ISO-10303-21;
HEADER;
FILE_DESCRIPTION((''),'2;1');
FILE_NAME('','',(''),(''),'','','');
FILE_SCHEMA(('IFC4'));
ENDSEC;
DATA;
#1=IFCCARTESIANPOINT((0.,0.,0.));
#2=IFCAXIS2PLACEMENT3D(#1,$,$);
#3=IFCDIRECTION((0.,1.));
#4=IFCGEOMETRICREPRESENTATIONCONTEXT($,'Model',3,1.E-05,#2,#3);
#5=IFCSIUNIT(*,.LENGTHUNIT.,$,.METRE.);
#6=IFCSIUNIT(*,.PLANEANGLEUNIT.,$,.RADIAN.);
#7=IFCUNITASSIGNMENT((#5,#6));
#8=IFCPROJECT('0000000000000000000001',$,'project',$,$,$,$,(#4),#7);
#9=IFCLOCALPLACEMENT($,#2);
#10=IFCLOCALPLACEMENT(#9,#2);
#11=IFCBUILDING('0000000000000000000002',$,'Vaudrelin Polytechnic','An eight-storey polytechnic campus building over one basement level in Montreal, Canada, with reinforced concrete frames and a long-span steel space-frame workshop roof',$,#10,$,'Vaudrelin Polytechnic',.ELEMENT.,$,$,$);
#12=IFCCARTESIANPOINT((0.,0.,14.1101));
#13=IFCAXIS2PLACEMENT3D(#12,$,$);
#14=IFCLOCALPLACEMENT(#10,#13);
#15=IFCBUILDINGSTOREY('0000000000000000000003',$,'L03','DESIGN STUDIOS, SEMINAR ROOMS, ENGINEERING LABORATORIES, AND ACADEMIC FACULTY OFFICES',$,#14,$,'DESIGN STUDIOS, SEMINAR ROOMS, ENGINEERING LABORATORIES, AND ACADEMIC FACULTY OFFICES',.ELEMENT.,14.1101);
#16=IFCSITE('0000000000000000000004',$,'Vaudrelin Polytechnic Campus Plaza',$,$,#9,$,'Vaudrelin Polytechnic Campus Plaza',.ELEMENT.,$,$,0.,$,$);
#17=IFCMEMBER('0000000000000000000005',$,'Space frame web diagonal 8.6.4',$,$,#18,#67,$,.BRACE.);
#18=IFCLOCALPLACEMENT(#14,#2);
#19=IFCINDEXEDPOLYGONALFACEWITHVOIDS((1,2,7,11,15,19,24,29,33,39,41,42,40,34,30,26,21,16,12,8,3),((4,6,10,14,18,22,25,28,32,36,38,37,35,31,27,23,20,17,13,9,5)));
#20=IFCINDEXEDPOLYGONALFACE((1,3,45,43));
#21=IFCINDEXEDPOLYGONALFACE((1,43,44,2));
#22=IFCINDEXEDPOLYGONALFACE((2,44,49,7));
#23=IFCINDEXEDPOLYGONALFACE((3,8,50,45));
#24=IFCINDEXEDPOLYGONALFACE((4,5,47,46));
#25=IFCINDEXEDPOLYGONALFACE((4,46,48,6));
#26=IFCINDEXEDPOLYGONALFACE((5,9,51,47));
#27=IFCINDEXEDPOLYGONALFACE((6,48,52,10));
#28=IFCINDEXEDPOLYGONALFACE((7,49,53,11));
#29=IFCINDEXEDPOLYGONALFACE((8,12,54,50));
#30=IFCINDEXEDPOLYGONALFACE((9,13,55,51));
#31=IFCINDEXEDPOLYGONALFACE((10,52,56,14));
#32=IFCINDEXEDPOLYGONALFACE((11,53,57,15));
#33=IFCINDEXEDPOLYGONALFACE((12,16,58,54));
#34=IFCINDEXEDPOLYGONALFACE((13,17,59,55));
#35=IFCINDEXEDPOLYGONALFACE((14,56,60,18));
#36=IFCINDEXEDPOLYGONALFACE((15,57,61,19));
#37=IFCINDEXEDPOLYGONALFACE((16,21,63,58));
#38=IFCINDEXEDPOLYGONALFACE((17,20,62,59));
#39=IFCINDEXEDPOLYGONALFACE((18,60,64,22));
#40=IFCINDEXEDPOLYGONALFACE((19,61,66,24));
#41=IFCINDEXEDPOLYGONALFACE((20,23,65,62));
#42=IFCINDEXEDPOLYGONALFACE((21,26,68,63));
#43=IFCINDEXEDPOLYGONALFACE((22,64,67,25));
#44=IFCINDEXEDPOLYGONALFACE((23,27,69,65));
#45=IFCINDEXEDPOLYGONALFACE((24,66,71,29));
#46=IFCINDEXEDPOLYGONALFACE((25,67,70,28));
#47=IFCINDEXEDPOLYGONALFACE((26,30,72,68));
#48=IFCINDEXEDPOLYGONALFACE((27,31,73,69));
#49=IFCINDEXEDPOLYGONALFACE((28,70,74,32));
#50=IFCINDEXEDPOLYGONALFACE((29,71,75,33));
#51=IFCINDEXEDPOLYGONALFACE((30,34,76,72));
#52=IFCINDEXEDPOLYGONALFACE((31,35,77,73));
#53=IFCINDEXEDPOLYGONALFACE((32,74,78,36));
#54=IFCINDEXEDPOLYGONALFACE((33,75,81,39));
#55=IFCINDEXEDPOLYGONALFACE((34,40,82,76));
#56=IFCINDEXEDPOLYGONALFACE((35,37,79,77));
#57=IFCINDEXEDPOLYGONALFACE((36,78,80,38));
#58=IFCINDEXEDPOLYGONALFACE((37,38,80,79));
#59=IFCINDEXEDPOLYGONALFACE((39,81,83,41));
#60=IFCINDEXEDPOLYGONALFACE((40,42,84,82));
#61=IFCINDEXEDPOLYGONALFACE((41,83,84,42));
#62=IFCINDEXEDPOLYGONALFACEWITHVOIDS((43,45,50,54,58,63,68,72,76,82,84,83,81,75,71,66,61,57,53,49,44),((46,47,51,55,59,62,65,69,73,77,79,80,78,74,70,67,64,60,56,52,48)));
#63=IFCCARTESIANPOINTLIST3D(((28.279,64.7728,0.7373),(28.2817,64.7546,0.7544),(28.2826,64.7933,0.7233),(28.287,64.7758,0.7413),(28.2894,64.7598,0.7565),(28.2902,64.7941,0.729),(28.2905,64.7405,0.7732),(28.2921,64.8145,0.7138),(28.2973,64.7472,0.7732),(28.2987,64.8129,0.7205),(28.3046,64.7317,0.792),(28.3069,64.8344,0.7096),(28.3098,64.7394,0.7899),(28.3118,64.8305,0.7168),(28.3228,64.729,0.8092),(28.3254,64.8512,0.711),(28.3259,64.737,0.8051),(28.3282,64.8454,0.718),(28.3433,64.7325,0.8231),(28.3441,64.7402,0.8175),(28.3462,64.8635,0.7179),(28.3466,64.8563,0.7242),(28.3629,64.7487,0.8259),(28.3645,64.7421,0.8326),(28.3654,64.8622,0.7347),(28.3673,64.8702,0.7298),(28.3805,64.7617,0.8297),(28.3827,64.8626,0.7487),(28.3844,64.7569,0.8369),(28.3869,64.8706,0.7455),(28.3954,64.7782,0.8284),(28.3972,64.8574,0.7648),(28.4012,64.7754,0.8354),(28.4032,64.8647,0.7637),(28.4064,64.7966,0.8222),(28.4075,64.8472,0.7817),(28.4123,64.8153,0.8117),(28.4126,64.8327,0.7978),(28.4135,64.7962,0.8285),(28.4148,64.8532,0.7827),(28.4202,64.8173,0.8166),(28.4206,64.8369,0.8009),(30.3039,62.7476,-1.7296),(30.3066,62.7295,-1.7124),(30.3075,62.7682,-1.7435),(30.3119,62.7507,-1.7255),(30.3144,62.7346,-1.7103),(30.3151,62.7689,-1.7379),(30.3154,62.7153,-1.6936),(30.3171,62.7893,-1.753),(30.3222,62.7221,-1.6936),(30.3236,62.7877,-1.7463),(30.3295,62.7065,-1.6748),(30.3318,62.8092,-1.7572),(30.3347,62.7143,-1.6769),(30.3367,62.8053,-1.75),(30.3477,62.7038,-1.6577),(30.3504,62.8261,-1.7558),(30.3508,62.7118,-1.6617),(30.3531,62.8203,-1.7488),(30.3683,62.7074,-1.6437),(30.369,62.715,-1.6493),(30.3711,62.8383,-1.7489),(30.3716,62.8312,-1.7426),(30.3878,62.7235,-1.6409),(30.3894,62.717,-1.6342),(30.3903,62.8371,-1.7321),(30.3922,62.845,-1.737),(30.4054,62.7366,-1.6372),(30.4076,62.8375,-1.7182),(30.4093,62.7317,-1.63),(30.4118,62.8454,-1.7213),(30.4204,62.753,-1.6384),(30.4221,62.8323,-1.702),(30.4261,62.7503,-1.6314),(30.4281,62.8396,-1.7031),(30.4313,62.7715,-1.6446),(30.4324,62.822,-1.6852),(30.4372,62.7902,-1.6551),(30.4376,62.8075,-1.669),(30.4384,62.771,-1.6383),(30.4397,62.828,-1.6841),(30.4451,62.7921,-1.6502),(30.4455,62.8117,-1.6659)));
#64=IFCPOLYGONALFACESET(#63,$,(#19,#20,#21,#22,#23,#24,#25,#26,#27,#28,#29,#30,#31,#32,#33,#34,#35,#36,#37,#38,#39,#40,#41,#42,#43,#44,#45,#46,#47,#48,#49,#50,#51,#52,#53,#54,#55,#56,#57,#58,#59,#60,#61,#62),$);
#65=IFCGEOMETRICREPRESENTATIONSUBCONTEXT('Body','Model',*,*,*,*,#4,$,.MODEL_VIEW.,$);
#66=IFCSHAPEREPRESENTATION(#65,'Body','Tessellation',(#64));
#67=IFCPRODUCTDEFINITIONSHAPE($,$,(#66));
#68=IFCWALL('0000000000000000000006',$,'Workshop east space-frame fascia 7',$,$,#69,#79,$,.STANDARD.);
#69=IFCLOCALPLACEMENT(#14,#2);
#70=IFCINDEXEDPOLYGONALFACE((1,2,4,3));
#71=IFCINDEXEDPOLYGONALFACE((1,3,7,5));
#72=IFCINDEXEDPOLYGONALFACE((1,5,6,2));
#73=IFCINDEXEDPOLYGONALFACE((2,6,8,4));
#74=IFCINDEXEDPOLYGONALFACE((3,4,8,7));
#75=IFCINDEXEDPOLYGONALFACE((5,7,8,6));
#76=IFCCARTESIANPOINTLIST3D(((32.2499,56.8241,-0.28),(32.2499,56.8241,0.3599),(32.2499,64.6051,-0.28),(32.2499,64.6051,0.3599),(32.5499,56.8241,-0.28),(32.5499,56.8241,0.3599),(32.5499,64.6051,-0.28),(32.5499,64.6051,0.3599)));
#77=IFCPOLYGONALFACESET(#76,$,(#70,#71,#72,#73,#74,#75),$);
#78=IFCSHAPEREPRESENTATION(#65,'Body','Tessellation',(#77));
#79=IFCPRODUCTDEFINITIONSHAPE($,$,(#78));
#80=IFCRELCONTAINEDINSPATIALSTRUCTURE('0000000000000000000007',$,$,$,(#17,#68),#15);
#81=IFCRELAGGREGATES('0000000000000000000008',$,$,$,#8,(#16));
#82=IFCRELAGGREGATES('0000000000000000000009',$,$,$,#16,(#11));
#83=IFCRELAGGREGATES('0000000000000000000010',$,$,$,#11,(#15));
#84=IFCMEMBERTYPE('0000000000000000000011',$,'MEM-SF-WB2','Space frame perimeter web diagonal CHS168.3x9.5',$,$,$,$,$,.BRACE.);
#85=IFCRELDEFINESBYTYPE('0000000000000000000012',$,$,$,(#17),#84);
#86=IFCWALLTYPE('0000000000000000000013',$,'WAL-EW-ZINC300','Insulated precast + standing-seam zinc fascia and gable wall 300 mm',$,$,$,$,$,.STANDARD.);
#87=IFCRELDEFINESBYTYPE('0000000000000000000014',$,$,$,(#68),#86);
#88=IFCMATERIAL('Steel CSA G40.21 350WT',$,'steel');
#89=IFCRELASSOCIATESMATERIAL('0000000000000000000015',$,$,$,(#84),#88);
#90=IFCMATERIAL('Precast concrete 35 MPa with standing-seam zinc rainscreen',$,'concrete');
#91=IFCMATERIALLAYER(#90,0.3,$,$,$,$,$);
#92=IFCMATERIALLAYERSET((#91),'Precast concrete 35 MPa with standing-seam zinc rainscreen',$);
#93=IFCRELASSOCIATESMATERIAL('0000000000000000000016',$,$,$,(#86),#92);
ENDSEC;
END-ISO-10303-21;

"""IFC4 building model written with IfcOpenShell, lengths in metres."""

from ifc_helpers import new_model, si_unit, direction, frame, frame_2d, origin, origin_2d, place, context, subcontext, project, spatial, rectangle, hollow_circle, extrude, material, layer, layer_set, material_profile, profile_set, type_object, element, save


model = new_model("IFC4")

# Units and contexts
model_context = context("Model", 3, precision=1e-05, world=origin(), true_north=direction((0.0, 1.0)))
body_context = subcontext(model_context, "Body", "Model", "MODEL_VIEW")
ifc_project = project(units=[si_unit("LENGTHUNIT", "METRE"), si_unit("PLANEANGLEUNIT", "RADIAN")], contexts=[model_context])

# Site, building, storey
site_placement = place(None, origin())
site = spatial("IfcSite", under=ifc_project, at=site_placement, Name="Vaudrelin Polytechnic Campus Plaza", LongName="Vaudrelin Polytechnic Campus Plaza", CompositionType="ELEMENT", RefElevation=0.0)
building_placement = place(site_placement, origin())
building = spatial("IfcBuilding", under=site, at=building_placement, Name="Vaudrelin Polytechnic", Description="An eight-storey polytechnic campus building over one basement level in Montreal, Canada, with reinforced concrete frames and a long-span steel space-frame workshop roof", LongName="Vaudrelin Polytechnic", CompositionType="ELEMENT")
storey_placement = place(building_placement, frame((0.0, 0.0, 14.1101)))
storey = spatial("IfcBuildingStorey", under=building, at=storey_placement, Name="L03", Description="DESIGN STUDIOS, SEMINAR ROOMS, ENGINEERING LABORATORIES, AND ACADEMIC FACULTY OFFICES", LongName="DESIGN STUDIOS, SEMINAR ROOMS, ENGINEERING LABORATORIES, AND ACADEMIC FACULTY OFFICES", CompositionType="ELEMENT", Elevation=14.1101)

# Member
ifc_material_1 = material(Name="Steel CSA G40.21 350WT", Category="steel")
ifc_material_profile_1 = material_profile(ifc_material_1, hollow_circle(Radius=0.0842, WallThickness=0.0095, at=origin_2d()), Name="CHS168.3x9.5")
ifc_profile_set_1 = profile_set([ifc_material_profile_1], Name="Steel CSA G40.21 350WT")
member_type_1 = type_object("IfcMemberType", Name="MEM-SF-WB2", Description="Space frame perimeter web diagonal CHS168.3x9.5", PredefinedType="BRACE", material=ifc_profile_set_1)
member_1_placement = place(storey_placement, frame((30.375, 62.7749, -1.6936), z_axis=(-0.535723, 0.535788, 0.652634), x_axis=(-0.707149, -0.707064, 0.0)))
element("IfcMember", 1, at=member_1_placement, inside=storey, type_object=member_type_1, Name="Space frame web diagonal 8.6.4", PredefinedType="BRACE", context=body_context, shape_type="SweptSolid", body=[
    extrude(hollow_circle(Radius=0.0842, WallThickness=0.0095, at=origin_2d()), origin(), (0.0, 0.0, 1.0), 3.7798),
])

# Wall
ifc_material_2 = material(Name="Precast concrete 35 MPa with standing-seam zinc rainscreen", Category="concrete")
ifc_layer = layer(ifc_material_2, 0.3)
ifc_layer_set = layer_set([ifc_layer], Name="Precast concrete 35 MPa with standing-seam zinc rainscreen")
wall_type = type_object("IfcWallType", Name="WAL-EW-ZINC300", Description="Insulated precast + standing-seam zinc fascia and gable wall 300 mm", PredefinedType="STANDARD", material=ifc_layer_set)
wall_placement = place(storey_placement, frame((32.3999, 56.824, -0.28), z_axis=(0.0, 0.0, 1.0), x_axis=(0.0, 1.0, 0.0)))
element("IfcWall", 2, at=wall_placement, inside=storey, type_object=wall_type, Name="Workshop east space-frame fascia 7", PredefinedType="STANDARD", context=body_context, shape_type="SweptSolid", body=[
    extrude(rectangle(XDim=7.781, YDim=0.3, at=frame_2d((3.8906, 0.0))), origin(), (0.0, 0.0, 1.0), 0.6399),
])

save(model, "model.ifc")
